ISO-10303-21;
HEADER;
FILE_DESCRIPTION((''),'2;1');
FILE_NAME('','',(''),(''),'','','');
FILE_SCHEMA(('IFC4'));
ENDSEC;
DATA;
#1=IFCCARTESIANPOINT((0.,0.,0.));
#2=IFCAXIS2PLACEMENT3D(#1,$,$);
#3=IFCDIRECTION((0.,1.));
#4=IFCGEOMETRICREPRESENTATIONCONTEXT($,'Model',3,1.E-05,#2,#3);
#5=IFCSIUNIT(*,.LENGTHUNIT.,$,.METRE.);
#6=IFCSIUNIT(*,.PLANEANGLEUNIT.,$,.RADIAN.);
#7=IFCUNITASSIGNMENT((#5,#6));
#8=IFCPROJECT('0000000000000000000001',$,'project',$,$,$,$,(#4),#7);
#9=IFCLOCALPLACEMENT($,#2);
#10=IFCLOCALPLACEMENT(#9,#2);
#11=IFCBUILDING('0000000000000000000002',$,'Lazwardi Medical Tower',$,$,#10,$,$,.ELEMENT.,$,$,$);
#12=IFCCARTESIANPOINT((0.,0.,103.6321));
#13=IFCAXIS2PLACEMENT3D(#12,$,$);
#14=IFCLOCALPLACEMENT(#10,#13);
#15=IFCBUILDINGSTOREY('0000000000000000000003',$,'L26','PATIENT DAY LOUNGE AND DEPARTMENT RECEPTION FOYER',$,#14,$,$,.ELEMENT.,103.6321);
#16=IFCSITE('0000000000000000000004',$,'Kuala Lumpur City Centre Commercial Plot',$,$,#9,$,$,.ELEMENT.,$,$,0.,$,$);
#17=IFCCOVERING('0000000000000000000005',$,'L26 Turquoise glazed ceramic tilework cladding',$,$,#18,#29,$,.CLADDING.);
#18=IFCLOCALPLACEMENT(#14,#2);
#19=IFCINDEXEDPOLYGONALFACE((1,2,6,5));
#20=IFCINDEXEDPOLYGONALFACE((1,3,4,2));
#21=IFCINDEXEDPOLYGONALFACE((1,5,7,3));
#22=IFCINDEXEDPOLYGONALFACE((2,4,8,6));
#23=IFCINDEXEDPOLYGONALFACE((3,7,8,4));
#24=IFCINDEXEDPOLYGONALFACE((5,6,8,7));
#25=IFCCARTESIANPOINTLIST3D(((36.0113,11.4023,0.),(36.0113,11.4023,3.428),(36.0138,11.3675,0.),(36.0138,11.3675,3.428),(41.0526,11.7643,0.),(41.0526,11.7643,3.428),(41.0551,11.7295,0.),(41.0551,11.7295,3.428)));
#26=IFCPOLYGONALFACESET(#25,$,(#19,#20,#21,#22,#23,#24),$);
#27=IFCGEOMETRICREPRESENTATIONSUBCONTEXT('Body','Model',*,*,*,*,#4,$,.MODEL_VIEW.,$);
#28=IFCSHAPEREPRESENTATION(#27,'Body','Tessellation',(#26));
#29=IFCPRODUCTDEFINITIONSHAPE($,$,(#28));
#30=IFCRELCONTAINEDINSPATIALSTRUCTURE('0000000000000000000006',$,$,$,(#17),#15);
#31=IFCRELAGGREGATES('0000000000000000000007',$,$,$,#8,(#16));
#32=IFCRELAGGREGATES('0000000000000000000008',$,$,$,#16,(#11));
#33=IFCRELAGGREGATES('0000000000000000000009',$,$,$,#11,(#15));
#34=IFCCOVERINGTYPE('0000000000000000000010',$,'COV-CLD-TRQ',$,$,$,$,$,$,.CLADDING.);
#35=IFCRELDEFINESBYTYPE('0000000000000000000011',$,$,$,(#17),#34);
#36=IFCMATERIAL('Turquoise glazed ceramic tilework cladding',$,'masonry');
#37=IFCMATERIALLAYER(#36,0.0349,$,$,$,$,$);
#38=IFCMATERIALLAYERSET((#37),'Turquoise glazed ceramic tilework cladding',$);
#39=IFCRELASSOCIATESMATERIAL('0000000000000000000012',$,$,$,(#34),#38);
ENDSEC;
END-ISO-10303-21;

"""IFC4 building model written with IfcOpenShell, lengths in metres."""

from ifc_helpers import new_model, si_unit, direction, frame, origin, origin_2d, place, context, subcontext, project, spatial, rectangle, extrude, material, layer, layer_set, type_object, element, save


model = new_model("IFC4")

# Units and contexts
model_context = context("Model", 3, precision=1e-05, world=origin(), true_north=direction((0.0, 1.0)))
body_context = subcontext(model_context, "Body", "Model", "MODEL_VIEW")
ifc_project = project(units=[si_unit("LENGTHUNIT", "METRE"), si_unit("PLANEANGLEUNIT", "RADIAN")], contexts=[model_context])

# Site, building, storey
site_placement = place(None, origin())
site = spatial("IfcSite", under=ifc_project, at=site_placement, Name="Kuala Lumpur City Centre Commercial Plot", CompositionType="ELEMENT", RefElevation=0.0)
building_placement = place(site_placement, origin())
building = spatial("IfcBuilding", under=site, at=building_placement, Name="Lazwardi Medical Tower", CompositionType="ELEMENT")
storey_placement = place(building_placement, frame((0.0, 0.0, 103.6321)))
storey = spatial("IfcBuildingStorey", under=building, at=storey_placement, Name="L26", Description="PATIENT DAY LOUNGE AND DEPARTMENT RECEPTION FOYER", CompositionType="ELEMENT", Elevation=103.6321)

# Covering
ifc_material_1 = material(Name="Turquoise glazed ceramic tilework cladding", Category="masonry")
ifc_layer_1 = layer(ifc_material_1, 0.0349)
ifc_layer_set_1 = layer_set([ifc_layer_1], Name="Turquoise glazed ceramic tilework cladding")
covering_type_1 = type_object("IfcCoveringType", Name="COV-CLD-TRQ", PredefinedType="CLADDING", material=ifc_layer_set_1)
covering_1_placement = place(storey_placement, frame((38.5332, 11.5659, 0.0), z_axis=(0.0, 0.0, 1.0), x_axis=(0.997432, 0.071625, 0.0)))
element("IfcCovering", 1, at=covering_1_placement, inside=storey, type_object=covering_type_1, Name="L26 Turquoise glazed ceramic tilework cladding", PredefinedType="CLADDING", context=body_context, shape_type="SweptSolid", body=[
    extrude(rectangle(XDim=5.0542, YDim=0.0349, at=origin_2d()), origin(), (0.0, 0.0, 1.0), 3.428),
])

save(model, "model.ifc")
